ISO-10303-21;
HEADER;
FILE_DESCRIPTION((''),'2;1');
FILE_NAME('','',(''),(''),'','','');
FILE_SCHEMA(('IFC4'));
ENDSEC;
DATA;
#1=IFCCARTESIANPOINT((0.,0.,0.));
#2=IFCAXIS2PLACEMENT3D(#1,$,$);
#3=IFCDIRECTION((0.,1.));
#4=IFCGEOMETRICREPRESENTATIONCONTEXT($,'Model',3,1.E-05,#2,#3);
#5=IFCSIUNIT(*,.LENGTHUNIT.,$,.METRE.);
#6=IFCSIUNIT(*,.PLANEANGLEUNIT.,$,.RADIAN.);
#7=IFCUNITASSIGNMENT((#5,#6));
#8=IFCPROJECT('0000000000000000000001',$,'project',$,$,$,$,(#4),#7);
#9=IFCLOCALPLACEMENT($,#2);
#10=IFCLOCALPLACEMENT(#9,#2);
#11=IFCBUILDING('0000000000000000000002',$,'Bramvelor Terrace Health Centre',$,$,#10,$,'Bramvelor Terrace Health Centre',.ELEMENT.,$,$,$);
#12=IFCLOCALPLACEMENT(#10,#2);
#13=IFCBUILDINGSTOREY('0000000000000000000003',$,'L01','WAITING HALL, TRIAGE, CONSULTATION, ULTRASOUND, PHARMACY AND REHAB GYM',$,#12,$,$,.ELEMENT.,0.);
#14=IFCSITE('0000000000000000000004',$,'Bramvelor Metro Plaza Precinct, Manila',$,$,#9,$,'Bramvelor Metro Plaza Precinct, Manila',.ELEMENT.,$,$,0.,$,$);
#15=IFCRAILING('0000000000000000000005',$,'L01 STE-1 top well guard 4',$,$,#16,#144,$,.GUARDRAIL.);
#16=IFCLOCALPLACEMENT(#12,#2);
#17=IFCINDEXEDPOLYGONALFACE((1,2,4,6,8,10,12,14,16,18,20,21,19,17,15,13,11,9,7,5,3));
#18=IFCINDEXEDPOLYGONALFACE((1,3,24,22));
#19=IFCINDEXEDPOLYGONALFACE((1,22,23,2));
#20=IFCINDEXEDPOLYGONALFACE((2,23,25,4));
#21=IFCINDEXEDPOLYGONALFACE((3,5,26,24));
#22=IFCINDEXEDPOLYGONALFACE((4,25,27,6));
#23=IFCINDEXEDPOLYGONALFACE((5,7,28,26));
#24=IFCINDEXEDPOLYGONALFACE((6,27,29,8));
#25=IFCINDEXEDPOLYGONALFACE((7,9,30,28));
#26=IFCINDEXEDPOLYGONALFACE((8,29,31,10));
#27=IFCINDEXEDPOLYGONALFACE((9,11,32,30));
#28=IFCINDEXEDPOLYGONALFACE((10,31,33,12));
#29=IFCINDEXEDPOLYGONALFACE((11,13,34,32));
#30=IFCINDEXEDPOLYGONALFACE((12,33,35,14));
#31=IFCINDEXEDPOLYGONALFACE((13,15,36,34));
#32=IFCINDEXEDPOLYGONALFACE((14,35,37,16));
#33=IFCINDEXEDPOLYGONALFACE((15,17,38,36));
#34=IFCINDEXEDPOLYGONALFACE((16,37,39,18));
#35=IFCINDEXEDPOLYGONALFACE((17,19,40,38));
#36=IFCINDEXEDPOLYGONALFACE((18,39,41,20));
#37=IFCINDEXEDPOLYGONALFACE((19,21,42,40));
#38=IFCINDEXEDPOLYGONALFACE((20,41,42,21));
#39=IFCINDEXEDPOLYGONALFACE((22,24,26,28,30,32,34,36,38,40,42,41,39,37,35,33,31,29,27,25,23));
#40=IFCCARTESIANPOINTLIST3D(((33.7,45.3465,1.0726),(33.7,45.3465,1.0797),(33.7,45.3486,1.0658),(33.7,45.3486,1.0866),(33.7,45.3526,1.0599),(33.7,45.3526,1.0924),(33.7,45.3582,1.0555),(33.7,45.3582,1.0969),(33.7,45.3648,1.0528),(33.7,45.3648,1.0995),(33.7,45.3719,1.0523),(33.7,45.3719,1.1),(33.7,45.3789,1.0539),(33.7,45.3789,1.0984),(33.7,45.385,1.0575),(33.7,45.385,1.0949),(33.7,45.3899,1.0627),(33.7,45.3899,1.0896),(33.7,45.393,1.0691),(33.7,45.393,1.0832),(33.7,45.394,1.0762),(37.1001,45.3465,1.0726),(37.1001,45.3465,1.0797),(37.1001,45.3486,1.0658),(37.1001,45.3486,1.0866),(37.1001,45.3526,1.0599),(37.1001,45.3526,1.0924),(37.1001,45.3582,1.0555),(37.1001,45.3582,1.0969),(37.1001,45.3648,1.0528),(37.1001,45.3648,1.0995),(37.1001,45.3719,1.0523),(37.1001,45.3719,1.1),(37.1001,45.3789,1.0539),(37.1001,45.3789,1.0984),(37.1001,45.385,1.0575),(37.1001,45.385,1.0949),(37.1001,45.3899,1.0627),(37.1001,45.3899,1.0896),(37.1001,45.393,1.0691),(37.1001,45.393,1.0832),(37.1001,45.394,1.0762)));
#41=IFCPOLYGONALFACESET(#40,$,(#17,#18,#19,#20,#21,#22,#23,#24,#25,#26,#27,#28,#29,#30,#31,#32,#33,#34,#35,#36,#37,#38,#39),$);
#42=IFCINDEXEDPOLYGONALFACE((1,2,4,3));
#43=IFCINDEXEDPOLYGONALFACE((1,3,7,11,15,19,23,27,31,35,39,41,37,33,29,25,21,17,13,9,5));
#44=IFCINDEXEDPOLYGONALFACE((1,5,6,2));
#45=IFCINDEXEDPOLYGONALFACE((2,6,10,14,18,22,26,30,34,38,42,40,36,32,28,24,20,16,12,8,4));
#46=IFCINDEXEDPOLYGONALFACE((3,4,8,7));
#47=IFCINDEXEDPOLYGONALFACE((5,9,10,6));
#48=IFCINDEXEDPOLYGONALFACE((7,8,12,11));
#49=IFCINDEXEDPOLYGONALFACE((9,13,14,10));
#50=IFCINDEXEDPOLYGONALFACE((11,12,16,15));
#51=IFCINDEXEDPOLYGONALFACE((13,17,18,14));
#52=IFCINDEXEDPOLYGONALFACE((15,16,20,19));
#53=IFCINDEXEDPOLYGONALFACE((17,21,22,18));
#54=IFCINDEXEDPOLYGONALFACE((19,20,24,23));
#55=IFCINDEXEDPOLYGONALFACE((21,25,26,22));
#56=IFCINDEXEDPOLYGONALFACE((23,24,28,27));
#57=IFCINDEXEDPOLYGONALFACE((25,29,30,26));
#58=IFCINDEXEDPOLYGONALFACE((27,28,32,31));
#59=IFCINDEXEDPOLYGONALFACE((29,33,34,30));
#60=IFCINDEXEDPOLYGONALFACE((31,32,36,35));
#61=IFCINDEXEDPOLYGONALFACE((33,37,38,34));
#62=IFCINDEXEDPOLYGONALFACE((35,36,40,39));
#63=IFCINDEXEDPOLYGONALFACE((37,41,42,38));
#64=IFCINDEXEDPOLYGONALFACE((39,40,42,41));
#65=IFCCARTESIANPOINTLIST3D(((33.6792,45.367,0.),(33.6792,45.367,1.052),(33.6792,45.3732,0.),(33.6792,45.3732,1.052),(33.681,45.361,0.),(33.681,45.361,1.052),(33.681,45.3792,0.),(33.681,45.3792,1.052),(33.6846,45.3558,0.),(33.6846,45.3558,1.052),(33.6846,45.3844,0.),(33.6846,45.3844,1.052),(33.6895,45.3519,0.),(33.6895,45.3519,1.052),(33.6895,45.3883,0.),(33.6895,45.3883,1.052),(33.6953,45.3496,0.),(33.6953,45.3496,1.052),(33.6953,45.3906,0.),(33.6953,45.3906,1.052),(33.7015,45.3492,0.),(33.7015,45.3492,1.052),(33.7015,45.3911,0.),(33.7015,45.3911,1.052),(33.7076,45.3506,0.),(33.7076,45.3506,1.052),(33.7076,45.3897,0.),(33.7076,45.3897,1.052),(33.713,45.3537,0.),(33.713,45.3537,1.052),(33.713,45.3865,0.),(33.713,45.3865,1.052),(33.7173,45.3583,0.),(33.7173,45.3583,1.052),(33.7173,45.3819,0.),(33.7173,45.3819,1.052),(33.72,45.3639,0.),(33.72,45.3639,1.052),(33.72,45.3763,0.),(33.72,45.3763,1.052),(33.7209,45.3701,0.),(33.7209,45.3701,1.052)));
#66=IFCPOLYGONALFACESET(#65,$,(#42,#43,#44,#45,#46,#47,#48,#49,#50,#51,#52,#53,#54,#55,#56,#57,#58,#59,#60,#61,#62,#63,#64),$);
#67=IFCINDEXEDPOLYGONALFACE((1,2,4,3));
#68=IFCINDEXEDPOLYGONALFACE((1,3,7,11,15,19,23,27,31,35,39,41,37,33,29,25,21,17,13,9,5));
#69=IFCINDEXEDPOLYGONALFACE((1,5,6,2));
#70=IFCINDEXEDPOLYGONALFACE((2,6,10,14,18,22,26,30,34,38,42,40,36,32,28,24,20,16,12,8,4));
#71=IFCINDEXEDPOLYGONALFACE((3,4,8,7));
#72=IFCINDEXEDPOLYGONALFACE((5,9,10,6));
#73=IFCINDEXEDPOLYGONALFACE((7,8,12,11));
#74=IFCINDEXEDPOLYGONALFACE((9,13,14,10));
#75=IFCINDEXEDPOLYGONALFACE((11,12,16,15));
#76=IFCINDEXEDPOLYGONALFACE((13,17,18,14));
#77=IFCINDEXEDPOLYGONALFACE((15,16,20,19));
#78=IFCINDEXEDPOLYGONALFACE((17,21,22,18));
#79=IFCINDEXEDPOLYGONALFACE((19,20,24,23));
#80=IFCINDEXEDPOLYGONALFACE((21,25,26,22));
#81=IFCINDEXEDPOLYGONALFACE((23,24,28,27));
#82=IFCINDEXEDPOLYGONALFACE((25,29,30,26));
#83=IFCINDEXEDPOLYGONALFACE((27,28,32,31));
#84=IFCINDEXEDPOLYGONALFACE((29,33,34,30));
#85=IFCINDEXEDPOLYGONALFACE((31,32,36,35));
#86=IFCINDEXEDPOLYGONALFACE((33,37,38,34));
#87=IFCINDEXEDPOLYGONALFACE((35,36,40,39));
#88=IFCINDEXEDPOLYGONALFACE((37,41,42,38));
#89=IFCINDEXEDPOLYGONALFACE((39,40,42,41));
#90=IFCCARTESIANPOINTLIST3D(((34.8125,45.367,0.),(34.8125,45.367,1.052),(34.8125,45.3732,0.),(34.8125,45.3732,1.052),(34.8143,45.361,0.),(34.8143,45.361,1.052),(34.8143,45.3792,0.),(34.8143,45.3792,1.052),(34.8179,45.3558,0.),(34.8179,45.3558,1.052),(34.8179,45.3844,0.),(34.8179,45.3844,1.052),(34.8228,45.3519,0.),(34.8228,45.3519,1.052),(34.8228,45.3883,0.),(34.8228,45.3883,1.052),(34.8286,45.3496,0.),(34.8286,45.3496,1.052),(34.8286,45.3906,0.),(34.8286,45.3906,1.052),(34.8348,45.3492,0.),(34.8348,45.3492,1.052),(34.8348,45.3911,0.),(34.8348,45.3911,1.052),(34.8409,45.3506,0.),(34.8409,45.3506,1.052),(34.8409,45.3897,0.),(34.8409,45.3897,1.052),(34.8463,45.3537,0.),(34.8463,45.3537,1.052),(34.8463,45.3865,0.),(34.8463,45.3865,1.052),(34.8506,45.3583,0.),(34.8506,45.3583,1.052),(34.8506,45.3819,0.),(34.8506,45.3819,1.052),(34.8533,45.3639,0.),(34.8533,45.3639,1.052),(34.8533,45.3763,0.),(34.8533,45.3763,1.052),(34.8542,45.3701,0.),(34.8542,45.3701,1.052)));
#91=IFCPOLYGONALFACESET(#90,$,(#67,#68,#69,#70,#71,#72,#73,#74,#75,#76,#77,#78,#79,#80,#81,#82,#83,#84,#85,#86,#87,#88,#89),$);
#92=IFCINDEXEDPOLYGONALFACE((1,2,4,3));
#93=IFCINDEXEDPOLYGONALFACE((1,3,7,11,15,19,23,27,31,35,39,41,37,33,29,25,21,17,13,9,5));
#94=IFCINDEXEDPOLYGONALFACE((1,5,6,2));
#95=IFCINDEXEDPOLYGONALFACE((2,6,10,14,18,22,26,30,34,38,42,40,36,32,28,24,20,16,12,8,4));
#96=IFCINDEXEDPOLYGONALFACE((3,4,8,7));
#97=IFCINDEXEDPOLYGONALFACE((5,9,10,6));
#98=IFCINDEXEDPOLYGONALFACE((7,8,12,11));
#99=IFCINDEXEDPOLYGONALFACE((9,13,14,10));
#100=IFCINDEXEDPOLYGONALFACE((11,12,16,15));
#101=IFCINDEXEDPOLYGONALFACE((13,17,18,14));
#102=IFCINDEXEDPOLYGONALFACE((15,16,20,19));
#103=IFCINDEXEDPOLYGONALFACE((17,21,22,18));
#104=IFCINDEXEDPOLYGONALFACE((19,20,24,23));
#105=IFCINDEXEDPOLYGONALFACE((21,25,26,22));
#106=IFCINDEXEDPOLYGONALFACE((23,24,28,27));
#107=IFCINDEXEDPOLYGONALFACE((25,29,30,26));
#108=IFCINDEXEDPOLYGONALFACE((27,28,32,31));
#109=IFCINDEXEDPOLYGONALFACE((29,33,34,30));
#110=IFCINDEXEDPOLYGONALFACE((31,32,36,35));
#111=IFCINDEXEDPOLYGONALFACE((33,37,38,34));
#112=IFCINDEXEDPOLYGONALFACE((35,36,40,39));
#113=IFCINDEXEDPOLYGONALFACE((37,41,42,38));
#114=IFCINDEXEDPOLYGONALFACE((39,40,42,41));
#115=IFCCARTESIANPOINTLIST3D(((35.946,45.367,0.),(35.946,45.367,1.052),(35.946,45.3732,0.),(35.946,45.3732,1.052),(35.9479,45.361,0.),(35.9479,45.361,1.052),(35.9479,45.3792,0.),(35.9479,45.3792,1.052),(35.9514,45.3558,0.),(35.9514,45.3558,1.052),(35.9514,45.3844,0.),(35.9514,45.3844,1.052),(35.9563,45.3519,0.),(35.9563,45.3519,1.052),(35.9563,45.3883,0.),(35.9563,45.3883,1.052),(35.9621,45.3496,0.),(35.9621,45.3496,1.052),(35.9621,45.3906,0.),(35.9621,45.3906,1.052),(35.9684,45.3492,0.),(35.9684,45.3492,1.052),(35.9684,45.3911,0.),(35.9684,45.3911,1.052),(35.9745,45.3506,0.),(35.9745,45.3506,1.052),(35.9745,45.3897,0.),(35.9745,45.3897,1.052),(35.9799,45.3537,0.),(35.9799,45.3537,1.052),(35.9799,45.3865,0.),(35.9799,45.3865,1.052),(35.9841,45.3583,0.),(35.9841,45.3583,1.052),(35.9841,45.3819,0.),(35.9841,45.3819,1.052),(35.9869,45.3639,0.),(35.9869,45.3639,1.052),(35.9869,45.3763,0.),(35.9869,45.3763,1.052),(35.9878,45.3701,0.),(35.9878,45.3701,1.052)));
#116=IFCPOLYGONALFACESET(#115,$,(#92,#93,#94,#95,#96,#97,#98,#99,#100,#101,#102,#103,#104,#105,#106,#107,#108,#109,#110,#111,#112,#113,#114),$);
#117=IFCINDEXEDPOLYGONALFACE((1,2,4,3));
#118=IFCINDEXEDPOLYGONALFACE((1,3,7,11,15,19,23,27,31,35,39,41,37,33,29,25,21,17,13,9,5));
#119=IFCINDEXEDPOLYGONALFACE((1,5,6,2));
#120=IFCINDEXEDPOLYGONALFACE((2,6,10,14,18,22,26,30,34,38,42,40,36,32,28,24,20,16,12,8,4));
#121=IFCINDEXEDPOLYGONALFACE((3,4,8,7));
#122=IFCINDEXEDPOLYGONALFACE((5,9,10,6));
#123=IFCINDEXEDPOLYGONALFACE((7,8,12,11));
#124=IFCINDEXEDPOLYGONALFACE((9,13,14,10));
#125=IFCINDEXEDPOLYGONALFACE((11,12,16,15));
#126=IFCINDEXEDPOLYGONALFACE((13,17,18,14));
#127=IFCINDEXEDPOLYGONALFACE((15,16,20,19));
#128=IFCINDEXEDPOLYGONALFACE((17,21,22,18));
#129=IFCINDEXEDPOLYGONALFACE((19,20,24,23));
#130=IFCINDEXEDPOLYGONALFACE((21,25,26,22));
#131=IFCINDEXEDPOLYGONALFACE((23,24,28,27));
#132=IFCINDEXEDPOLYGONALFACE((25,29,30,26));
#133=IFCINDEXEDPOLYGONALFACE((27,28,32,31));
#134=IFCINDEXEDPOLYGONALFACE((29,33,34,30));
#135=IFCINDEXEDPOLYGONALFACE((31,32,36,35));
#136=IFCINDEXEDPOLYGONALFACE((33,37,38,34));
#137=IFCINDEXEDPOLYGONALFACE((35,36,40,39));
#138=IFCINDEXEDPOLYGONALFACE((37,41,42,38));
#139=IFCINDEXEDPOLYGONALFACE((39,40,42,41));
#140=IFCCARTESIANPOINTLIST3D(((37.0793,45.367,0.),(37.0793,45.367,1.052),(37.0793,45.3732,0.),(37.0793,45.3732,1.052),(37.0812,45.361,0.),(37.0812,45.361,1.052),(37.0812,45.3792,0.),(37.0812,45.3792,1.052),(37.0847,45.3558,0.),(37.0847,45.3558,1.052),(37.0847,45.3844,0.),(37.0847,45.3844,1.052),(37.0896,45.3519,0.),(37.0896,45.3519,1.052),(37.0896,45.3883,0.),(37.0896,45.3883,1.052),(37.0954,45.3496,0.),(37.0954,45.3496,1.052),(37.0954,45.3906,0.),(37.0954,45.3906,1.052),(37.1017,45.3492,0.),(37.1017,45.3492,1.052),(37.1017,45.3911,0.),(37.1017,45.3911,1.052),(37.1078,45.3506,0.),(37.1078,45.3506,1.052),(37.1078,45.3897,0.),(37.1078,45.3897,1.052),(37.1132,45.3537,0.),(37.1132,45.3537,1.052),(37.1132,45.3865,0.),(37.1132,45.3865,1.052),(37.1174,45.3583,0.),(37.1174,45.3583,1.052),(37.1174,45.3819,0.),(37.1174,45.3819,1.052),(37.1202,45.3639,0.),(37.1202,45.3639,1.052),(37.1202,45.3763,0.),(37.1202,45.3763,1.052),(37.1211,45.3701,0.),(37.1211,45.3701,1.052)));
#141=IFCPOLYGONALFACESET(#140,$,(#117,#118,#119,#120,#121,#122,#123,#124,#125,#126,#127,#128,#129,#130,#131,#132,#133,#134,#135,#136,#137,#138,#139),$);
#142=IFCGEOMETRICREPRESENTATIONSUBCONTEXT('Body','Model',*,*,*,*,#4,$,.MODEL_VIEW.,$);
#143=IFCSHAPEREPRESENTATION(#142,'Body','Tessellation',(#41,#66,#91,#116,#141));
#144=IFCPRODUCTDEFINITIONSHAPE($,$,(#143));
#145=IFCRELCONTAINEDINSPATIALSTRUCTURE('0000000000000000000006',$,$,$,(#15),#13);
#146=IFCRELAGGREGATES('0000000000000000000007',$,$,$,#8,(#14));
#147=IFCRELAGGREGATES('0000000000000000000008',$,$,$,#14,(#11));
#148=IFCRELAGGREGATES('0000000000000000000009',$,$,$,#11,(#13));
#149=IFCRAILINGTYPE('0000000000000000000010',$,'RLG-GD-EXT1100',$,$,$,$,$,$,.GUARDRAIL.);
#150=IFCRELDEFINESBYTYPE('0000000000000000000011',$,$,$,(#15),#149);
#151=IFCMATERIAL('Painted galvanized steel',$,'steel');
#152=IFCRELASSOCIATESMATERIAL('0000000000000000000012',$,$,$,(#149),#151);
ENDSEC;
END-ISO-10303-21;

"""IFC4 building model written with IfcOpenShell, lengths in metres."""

from ifc_helpers import new_model, si_unit, direction, frame, origin, origin_2d, place, context, subcontext, project, spatial, circle, extrude, material, type_object, element, save


model = new_model("IFC4")

# Units and contexts
model_context = context("Model", 3, precision=1e-05, world=origin(), true_north=direction((0.0, 1.0)))
body_context = subcontext(model_context, "Body", "Model", "MODEL_VIEW")
ifc_project = project(units=[si_unit("LENGTHUNIT", "METRE"), si_unit("PLANEANGLEUNIT", "RADIAN")], contexts=[model_context])

# Site, building, storey
site_placement = place(None, origin())
site = spatial("IfcSite", under=ifc_project, at=site_placement, Name="Bramvelor Metro Plaza Precinct, Manila", LongName="Bramvelor Metro Plaza Precinct, Manila", CompositionType="ELEMENT", RefElevation=0.0)
building_placement = place(site_placement, origin())
building = spatial("IfcBuilding", under=site, at=building_placement, Name="Bramvelor Terrace Health Centre", LongName="Bramvelor Terrace Health Centre", CompositionType="ELEMENT")
storey_placement = place(building_placement, origin())
storey = spatial("IfcBuildingStorey", under=building, at=storey_placement, Name="L01", Description="WAITING HALL, TRIAGE, CONSULTATION, ULTRASOUND, PHARMACY AND REHAB GYM", CompositionType="ELEMENT", Elevation=0.0)

# Railing
ifc_material_1 = material(Name="Painted galvanized steel", Category="steel")
railing_type_1 = type_object("IfcRailingType", Name="RLG-GD-EXT1100", PredefinedType="GUARDRAIL", material=ifc_material_1)
railing_1_placement = place(storey_placement, frame((33.7, 45.3701, 0.0)))
element("IfcRailing", 1, at=railing_1_placement, inside=storey, type_object=railing_type_1, Name="L01 STE-1 top well guard 4", PredefinedType="GUARDRAIL", context=body_context, shape_type="SweptSolid", body=[
    extrude(circle(Radius=0.0239, at=origin_2d()), frame((0.0, 0.0, 1.0762), z_axis=(1.0, 0.0, 0.0), x_axis=(0.0, 1.0, 0.0)), (0.0, 0.0, 1.0), 3.4001),
    extrude(circle(Radius=0.021, at=origin_2d()), origin(), (0.0, 0.0, 1.0), 1.052),
    extrude(circle(Radius=0.021, at=origin_2d()), frame((1.1333, 0.0, 0.0)), (0.0, 0.0, 1.0), 1.052),
    extrude(circle(Radius=0.021, at=origin_2d()), frame((2.2668, 0.0, 0.0)), (0.0, 0.0, 1.0), 1.052),
    extrude(circle(Radius=0.021, at=origin_2d()), frame((3.4001, 0.0, 0.0)), (0.0, 0.0, 1.0), 1.052),
])

save(model, "model.ifc")
